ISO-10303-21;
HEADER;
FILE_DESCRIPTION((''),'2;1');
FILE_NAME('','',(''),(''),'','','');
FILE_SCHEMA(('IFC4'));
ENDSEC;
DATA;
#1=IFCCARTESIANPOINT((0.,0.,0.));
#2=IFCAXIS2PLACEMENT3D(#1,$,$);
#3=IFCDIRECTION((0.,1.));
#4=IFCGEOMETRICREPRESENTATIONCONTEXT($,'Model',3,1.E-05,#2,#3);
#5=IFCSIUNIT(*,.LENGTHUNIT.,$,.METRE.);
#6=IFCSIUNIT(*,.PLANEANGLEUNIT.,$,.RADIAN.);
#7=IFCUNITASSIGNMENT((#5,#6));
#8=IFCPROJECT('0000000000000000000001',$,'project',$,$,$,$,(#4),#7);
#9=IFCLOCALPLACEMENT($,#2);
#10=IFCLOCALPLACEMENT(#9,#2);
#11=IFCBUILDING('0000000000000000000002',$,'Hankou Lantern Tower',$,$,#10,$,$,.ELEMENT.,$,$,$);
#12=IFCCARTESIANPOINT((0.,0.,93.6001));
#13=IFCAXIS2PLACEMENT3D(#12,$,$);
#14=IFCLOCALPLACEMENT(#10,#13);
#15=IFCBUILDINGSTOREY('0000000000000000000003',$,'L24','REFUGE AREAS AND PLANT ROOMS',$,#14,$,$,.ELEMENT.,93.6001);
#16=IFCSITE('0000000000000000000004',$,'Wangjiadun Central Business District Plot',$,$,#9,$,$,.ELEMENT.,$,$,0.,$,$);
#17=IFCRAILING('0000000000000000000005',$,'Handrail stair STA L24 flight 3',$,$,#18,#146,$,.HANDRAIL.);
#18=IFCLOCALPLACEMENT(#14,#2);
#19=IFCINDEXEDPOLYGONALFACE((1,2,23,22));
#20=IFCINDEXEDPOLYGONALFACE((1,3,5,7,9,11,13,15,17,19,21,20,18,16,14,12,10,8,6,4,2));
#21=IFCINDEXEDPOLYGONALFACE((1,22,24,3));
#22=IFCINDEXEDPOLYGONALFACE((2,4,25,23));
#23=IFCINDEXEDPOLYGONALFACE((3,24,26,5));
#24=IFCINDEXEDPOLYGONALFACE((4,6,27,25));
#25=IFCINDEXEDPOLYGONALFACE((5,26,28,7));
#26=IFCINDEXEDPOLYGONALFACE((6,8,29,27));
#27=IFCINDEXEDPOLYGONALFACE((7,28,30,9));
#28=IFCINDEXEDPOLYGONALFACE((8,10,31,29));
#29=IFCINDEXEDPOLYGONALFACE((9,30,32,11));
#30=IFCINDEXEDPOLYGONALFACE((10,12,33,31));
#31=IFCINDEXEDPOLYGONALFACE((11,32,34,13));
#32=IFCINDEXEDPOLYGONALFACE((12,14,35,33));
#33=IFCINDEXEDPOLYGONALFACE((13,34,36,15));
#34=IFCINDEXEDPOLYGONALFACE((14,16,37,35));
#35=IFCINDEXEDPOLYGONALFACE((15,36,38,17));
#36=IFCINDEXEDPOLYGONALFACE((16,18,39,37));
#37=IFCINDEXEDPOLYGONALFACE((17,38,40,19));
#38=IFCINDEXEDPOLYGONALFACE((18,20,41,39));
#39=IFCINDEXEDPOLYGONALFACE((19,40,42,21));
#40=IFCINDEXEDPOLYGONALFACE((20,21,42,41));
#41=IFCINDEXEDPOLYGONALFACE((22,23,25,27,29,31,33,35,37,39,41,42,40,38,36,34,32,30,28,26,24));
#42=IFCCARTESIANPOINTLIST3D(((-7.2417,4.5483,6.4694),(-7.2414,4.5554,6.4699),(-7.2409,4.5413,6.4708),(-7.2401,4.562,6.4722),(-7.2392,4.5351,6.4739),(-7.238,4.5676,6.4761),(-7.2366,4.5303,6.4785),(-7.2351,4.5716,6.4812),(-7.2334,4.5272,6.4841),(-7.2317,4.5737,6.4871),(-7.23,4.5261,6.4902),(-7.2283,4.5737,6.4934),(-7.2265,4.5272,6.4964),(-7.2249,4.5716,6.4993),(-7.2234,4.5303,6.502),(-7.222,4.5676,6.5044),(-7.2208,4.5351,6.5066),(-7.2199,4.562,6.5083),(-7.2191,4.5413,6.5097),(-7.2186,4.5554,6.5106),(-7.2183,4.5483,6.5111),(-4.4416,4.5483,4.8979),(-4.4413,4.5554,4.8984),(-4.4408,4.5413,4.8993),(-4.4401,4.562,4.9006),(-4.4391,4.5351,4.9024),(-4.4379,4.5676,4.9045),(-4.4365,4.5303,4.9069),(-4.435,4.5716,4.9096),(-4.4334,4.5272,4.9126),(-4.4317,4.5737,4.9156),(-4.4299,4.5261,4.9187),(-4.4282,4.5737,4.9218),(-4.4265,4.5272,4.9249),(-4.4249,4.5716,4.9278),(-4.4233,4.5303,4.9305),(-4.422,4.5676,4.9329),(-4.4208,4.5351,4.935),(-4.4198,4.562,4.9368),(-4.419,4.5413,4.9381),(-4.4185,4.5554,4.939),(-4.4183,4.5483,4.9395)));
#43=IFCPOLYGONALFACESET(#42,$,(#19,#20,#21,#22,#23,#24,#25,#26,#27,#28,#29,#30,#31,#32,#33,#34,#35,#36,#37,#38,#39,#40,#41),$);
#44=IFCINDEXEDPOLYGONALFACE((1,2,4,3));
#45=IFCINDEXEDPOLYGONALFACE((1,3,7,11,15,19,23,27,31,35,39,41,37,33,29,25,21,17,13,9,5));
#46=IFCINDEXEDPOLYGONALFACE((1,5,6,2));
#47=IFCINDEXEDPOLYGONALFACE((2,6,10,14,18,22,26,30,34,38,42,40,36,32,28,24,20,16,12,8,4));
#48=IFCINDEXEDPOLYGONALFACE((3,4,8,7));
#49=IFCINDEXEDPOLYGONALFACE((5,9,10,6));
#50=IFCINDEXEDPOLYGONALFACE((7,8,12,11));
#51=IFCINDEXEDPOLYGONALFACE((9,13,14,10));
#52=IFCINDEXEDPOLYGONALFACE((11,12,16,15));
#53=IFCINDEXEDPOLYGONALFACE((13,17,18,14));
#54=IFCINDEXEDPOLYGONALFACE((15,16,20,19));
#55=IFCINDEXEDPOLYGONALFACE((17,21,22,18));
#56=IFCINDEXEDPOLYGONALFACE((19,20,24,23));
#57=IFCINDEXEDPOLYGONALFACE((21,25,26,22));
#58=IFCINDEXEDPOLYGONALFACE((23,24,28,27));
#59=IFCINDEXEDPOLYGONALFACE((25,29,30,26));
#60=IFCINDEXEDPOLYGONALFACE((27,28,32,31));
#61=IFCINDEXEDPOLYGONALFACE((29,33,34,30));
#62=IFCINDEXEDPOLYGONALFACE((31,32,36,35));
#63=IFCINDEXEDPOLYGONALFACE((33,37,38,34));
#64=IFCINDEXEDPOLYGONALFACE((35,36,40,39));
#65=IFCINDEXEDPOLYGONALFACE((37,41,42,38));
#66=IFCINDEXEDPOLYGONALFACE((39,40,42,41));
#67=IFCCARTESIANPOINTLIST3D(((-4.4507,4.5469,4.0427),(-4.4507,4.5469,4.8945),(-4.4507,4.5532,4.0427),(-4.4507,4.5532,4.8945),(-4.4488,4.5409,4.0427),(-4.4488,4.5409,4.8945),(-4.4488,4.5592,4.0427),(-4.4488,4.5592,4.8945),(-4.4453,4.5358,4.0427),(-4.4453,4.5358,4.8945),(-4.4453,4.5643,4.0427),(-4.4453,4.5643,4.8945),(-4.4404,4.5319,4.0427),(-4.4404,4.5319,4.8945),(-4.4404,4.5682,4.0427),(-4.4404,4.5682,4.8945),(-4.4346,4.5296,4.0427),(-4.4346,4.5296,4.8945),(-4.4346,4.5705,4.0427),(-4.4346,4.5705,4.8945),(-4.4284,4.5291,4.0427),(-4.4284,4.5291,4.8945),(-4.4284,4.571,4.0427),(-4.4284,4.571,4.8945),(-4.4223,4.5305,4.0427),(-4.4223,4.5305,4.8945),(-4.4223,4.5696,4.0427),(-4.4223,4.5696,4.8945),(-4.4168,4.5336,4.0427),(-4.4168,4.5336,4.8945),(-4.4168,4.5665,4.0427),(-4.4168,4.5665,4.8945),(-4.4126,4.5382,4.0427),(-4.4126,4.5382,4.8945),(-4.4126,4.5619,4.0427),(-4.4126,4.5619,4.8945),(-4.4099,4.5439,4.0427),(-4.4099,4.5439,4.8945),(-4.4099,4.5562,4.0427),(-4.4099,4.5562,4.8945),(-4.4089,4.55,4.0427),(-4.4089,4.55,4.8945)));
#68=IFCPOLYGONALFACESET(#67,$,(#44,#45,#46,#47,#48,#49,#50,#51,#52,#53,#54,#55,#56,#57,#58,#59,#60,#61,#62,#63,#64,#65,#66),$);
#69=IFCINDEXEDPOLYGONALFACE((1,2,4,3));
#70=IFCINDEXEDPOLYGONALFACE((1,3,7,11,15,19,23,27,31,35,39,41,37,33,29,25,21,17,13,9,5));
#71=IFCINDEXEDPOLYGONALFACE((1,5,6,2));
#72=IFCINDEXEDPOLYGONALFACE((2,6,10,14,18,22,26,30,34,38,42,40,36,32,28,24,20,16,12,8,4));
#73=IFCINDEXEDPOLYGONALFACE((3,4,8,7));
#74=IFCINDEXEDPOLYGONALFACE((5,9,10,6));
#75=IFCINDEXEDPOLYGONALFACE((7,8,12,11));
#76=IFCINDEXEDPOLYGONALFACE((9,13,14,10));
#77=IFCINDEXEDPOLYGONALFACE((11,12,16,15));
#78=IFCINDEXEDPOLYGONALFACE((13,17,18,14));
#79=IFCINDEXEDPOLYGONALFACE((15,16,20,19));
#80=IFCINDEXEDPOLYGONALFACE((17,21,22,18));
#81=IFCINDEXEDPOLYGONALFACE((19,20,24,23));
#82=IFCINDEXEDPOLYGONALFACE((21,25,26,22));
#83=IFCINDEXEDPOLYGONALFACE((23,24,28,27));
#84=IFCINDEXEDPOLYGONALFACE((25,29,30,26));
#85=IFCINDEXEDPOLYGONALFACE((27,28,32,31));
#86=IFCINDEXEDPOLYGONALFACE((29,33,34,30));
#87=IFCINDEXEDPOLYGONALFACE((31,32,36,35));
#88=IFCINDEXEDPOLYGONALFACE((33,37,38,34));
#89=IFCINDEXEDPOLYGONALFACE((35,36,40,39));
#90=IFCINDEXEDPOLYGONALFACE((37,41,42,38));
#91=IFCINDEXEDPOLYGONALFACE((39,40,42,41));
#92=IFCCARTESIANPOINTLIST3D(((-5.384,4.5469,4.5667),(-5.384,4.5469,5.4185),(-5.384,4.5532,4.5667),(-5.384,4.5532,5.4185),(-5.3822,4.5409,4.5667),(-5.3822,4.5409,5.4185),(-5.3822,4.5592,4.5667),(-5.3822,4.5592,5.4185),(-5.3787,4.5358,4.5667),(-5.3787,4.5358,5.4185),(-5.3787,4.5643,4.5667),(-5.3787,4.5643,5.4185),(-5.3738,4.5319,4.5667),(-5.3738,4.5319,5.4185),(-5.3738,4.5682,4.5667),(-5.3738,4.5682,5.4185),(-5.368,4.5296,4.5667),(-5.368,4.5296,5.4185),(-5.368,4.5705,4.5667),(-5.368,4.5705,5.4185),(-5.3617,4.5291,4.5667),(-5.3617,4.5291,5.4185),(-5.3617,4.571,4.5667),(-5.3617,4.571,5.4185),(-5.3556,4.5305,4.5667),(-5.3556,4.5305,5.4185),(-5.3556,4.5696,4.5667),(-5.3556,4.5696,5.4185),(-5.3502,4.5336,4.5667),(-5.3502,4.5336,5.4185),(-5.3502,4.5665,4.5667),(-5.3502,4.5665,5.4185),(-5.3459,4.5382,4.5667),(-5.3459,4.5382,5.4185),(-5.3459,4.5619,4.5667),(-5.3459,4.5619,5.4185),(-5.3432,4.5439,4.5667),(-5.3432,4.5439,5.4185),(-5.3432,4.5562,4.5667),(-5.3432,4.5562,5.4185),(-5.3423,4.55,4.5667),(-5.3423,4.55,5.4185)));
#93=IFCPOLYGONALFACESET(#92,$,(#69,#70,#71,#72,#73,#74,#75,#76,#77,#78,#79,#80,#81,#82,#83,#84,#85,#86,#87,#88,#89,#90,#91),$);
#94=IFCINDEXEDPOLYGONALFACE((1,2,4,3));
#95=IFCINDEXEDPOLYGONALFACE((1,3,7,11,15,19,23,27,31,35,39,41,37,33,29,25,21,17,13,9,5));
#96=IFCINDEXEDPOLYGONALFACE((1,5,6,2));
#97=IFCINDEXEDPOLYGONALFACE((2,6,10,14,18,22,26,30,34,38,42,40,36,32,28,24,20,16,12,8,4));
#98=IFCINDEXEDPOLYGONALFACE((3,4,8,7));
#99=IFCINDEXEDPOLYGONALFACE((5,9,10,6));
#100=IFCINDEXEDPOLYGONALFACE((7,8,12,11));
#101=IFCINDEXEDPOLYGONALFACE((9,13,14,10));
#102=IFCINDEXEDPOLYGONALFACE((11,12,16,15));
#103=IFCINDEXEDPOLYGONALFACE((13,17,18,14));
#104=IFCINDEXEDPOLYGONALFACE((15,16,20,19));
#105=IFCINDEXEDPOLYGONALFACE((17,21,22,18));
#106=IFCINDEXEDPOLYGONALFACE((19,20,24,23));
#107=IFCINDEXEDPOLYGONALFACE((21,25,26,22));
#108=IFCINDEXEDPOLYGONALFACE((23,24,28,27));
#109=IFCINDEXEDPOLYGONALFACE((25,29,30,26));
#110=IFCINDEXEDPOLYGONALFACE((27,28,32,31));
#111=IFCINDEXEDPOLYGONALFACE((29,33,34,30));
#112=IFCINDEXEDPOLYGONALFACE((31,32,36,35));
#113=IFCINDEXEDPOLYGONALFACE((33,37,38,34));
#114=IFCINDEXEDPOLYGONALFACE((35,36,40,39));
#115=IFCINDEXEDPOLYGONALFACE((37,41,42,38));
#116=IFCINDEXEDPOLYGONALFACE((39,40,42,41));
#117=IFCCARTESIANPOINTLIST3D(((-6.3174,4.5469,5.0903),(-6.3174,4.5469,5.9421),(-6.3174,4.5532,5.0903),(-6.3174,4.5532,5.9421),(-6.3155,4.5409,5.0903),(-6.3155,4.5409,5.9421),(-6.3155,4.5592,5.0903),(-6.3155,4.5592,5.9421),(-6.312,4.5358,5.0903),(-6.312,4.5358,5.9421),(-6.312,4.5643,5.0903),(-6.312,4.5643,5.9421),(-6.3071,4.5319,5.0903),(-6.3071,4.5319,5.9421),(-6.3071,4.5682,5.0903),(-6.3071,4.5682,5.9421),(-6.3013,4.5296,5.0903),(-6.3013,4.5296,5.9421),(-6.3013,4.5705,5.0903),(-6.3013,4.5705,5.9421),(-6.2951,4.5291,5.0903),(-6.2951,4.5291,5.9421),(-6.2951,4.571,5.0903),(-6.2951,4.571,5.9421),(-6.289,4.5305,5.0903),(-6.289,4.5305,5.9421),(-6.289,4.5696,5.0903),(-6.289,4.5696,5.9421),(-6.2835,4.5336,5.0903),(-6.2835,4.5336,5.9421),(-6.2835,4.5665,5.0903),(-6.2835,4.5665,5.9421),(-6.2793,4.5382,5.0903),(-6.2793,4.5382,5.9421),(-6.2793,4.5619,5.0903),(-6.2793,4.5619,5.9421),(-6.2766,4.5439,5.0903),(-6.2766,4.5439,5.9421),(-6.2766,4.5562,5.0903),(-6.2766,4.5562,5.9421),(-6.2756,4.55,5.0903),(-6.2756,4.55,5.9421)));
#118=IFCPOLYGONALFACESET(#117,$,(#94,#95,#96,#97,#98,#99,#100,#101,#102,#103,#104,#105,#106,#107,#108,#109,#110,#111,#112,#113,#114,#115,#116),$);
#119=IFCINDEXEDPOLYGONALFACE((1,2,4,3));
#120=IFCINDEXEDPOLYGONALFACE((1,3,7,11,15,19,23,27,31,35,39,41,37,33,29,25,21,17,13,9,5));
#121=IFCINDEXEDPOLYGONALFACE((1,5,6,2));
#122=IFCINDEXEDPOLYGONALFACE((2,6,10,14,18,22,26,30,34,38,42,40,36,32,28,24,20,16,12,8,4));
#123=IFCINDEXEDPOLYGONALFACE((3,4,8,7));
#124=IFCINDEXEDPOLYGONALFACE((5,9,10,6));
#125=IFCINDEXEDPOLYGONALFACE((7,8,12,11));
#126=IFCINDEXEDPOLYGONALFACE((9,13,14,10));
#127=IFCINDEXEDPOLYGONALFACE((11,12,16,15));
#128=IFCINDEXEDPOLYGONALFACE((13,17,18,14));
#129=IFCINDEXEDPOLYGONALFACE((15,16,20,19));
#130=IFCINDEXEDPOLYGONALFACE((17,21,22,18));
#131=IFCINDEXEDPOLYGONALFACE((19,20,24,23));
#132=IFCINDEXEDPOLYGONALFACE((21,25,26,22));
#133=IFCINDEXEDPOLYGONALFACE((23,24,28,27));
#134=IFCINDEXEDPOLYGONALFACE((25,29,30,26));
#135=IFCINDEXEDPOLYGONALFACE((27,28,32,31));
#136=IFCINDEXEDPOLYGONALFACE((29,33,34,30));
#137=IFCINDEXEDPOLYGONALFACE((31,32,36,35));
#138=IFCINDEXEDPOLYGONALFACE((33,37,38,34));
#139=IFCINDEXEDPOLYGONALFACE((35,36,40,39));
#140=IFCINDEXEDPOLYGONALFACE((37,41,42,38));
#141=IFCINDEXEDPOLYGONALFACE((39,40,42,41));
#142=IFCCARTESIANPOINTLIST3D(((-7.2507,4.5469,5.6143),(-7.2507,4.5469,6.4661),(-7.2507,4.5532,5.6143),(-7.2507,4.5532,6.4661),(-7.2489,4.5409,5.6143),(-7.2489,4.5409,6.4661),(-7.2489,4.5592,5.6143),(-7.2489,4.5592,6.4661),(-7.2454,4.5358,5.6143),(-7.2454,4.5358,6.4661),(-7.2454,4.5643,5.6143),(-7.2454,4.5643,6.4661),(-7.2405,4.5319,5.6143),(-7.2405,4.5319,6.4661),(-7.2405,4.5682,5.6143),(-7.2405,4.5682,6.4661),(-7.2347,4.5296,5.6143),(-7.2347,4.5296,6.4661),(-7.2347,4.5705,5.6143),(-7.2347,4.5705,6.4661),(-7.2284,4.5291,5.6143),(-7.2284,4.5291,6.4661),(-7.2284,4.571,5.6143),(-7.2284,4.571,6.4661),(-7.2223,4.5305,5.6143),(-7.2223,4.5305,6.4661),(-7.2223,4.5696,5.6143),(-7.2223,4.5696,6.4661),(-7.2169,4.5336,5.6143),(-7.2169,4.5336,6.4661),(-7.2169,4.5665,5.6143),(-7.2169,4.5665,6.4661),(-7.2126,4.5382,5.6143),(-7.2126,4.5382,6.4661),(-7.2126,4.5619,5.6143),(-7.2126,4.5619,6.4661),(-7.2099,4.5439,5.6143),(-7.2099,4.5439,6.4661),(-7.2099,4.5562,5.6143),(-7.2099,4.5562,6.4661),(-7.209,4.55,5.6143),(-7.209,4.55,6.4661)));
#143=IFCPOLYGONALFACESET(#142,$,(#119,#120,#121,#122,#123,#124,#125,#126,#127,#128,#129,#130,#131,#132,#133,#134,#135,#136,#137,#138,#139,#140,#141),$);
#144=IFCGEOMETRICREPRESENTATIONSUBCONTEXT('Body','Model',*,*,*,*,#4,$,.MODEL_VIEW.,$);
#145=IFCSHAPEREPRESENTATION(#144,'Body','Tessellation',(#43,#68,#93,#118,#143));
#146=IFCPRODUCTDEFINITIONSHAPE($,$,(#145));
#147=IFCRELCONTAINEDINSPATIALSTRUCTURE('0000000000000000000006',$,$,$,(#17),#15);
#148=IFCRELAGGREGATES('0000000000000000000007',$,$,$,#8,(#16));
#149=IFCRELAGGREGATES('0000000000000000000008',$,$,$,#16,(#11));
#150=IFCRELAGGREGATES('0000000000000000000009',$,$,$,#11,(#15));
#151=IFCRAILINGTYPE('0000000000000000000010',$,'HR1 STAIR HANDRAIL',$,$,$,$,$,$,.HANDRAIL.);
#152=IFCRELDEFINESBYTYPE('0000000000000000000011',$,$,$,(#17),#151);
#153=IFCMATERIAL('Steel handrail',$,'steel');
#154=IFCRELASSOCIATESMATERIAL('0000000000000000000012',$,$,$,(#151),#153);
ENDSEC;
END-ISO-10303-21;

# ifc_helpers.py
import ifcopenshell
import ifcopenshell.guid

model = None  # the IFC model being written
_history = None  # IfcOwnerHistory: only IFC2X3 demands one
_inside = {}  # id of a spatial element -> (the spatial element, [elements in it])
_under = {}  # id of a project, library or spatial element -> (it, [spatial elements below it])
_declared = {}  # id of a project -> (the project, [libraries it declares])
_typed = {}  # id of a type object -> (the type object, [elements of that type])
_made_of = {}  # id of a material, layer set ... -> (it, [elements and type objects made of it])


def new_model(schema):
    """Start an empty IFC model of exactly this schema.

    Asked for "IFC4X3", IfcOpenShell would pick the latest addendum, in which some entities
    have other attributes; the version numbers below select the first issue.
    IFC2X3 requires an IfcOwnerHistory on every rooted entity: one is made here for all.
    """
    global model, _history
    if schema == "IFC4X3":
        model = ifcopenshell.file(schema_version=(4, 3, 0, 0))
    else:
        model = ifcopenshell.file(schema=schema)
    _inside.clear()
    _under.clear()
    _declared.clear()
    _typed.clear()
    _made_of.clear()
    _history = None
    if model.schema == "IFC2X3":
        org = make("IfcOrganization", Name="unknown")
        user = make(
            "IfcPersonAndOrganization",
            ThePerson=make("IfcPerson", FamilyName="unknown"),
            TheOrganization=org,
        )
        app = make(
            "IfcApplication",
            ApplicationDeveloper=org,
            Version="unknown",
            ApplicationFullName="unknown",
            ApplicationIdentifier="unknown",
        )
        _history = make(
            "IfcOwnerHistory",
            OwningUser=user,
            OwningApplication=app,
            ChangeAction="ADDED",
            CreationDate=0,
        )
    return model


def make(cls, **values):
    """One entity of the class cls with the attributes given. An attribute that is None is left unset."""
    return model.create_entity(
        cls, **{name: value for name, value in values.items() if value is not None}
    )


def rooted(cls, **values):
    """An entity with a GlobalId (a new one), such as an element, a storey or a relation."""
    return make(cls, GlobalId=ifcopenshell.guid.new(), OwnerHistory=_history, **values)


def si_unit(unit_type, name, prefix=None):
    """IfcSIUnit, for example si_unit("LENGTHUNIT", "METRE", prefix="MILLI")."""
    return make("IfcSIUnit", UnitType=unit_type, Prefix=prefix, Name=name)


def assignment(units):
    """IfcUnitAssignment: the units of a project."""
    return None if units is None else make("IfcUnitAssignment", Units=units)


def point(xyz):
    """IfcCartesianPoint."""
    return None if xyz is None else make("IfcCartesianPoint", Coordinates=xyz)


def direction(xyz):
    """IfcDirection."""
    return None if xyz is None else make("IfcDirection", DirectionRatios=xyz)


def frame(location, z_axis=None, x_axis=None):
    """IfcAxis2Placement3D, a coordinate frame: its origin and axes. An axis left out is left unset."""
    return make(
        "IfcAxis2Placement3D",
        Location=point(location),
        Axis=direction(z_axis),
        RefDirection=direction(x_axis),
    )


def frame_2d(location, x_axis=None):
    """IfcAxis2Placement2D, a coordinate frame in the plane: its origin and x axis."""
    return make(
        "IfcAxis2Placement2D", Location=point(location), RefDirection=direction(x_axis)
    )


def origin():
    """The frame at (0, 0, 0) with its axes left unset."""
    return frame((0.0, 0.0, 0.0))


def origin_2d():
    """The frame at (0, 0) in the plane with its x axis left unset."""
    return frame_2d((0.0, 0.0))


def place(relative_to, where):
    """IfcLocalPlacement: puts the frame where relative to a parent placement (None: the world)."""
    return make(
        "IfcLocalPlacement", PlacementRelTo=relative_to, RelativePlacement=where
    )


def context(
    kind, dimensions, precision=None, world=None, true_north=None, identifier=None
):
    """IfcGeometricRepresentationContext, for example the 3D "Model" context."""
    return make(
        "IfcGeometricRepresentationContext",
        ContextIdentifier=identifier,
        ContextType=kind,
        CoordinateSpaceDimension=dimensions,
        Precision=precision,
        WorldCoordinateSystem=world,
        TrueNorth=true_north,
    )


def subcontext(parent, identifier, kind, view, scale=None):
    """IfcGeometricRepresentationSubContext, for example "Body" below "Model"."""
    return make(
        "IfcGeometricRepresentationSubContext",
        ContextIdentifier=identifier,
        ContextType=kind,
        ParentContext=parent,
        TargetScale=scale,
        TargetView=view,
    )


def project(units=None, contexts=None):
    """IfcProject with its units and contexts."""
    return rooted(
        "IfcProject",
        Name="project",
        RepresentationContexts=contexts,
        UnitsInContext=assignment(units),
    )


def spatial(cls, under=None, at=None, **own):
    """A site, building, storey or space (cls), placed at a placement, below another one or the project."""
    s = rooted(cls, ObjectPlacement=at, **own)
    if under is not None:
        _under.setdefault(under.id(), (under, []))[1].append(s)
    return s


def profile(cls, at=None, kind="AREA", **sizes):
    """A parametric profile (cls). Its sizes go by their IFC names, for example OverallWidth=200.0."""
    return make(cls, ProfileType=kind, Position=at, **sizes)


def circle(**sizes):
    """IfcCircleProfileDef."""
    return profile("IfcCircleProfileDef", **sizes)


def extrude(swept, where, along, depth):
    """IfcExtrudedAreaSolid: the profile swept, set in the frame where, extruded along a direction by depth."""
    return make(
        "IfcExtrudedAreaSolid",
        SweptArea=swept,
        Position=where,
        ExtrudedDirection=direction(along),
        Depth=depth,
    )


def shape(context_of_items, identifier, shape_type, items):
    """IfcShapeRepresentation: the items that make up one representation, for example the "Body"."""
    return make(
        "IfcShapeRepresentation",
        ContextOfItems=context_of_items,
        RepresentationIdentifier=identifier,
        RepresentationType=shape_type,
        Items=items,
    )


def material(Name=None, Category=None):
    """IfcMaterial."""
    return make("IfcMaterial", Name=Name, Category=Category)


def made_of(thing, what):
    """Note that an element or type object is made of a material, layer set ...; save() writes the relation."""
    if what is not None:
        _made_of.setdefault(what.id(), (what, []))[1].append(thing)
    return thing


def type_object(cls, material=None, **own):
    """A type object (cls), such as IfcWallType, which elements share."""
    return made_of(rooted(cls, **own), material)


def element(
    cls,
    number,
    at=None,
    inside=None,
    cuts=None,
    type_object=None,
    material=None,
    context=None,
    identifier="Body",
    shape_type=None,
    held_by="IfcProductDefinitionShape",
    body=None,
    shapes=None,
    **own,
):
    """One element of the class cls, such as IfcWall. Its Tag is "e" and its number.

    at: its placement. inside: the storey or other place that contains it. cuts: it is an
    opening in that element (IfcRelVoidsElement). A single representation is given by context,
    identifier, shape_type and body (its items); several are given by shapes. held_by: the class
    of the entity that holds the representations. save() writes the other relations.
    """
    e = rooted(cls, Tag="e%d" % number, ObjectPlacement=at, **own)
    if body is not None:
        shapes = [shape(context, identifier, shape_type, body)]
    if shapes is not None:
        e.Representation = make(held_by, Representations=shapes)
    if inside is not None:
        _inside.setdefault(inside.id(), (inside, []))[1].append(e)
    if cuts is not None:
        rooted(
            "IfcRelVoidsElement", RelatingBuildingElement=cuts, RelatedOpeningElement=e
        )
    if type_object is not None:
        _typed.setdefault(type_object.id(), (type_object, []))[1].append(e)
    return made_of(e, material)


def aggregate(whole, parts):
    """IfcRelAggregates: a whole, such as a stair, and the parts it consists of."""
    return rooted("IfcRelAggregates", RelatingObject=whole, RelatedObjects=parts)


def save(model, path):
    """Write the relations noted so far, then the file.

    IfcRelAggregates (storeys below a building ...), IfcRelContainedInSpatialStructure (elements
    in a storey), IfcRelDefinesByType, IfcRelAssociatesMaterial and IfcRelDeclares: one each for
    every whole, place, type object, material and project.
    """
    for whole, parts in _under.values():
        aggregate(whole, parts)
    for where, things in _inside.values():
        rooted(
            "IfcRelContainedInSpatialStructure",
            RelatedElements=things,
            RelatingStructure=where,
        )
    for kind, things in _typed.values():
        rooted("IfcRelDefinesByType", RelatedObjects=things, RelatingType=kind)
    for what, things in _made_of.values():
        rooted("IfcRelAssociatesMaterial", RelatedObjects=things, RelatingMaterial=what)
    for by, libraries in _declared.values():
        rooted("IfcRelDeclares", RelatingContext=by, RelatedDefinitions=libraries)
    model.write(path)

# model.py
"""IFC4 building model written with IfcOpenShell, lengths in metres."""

from ifc_helpers import new_model, si_unit, direction, frame, origin, origin_2d, place, context, subcontext, project, spatial, circle, extrude, material, type_object, element, save


model = new_model("IFC4")

# Units and contexts
model_context = context("Model", 3, precision=1e-05, world=origin(), true_north=direction((0.0, 1.0)))
body_context = subcontext(model_context, "Body", "Model", "MODEL_VIEW")
ifc_project = project(units=[si_unit("LENGTHUNIT", "METRE"), si_unit("PLANEANGLEUNIT", "RADIAN")], contexts=[model_context])

# Site, building, storey
site_placement = place(None, origin())
site = spatial("IfcSite", under=ifc_project, at=site_placement, Name="Wangjiadun Central Business District Plot", CompositionType="ELEMENT", RefElevation=0.0)
building_placement = place(site_placement, origin())
building = spatial("IfcBuilding", under=site, at=building_placement, Name="Hankou Lantern Tower", CompositionType="ELEMENT")
storey_placement = place(building_placement, frame((0.0, 0.0, 93.6001)))
storey = spatial("IfcBuildingStorey", under=building, at=storey_placement, Name="L24", Description="REFUGE AREAS AND PLANT ROOMS", CompositionType="ELEMENT", Elevation=93.6001)

# Railing
ifc_material_1 = material(Name="Steel handrail", Category="steel")
railing_type = type_object("IfcRailingType", Name="HR1 STAIR HANDRAIL", PredefinedType="HANDRAIL", material=ifc_material_1)
railing_1_placement = place(storey_placement, frame((-4.4299, 4.55, 4.0427)))
element("IfcRailing", 1, at=railing_1_placement, inside=storey, type_object=railing_type, Name="Handrail stair STA L24 flight 3", PredefinedType="HANDRAIL", context=body_context, shape_type="SweptSolid", body=[
    extrude(circle(Radius=0.0239, at=origin_2d()), frame((0.0, 0.0, 0.876), z_axis=(-0.87204, 0.0, 0.489434), x_axis=(0.0, -1.0, 0.0)), (0.0, 0.0, 1.0), 3.2109),
    extrude(circle(Radius=0.021, at=origin_2d()), origin(), (0.0, 0.0, 1.0), 0.8518),
    extrude(circle(Radius=0.021, at=origin_2d()), frame((-0.9333, 0.0, 0.5239)), (0.0, 0.0, 1.0), 0.8518),
    extrude(circle(Radius=0.021, at=origin_2d()), frame((-1.8667, 0.0, 1.0476)), (0.0, 0.0, 1.0), 0.8518),
    extrude(circle(Radius=0.021, at=origin_2d()), frame((-2.8, 0.0, 1.5715)), (0.0, 0.0, 1.0), 0.8518),
])

save(model, "model.ifc")
